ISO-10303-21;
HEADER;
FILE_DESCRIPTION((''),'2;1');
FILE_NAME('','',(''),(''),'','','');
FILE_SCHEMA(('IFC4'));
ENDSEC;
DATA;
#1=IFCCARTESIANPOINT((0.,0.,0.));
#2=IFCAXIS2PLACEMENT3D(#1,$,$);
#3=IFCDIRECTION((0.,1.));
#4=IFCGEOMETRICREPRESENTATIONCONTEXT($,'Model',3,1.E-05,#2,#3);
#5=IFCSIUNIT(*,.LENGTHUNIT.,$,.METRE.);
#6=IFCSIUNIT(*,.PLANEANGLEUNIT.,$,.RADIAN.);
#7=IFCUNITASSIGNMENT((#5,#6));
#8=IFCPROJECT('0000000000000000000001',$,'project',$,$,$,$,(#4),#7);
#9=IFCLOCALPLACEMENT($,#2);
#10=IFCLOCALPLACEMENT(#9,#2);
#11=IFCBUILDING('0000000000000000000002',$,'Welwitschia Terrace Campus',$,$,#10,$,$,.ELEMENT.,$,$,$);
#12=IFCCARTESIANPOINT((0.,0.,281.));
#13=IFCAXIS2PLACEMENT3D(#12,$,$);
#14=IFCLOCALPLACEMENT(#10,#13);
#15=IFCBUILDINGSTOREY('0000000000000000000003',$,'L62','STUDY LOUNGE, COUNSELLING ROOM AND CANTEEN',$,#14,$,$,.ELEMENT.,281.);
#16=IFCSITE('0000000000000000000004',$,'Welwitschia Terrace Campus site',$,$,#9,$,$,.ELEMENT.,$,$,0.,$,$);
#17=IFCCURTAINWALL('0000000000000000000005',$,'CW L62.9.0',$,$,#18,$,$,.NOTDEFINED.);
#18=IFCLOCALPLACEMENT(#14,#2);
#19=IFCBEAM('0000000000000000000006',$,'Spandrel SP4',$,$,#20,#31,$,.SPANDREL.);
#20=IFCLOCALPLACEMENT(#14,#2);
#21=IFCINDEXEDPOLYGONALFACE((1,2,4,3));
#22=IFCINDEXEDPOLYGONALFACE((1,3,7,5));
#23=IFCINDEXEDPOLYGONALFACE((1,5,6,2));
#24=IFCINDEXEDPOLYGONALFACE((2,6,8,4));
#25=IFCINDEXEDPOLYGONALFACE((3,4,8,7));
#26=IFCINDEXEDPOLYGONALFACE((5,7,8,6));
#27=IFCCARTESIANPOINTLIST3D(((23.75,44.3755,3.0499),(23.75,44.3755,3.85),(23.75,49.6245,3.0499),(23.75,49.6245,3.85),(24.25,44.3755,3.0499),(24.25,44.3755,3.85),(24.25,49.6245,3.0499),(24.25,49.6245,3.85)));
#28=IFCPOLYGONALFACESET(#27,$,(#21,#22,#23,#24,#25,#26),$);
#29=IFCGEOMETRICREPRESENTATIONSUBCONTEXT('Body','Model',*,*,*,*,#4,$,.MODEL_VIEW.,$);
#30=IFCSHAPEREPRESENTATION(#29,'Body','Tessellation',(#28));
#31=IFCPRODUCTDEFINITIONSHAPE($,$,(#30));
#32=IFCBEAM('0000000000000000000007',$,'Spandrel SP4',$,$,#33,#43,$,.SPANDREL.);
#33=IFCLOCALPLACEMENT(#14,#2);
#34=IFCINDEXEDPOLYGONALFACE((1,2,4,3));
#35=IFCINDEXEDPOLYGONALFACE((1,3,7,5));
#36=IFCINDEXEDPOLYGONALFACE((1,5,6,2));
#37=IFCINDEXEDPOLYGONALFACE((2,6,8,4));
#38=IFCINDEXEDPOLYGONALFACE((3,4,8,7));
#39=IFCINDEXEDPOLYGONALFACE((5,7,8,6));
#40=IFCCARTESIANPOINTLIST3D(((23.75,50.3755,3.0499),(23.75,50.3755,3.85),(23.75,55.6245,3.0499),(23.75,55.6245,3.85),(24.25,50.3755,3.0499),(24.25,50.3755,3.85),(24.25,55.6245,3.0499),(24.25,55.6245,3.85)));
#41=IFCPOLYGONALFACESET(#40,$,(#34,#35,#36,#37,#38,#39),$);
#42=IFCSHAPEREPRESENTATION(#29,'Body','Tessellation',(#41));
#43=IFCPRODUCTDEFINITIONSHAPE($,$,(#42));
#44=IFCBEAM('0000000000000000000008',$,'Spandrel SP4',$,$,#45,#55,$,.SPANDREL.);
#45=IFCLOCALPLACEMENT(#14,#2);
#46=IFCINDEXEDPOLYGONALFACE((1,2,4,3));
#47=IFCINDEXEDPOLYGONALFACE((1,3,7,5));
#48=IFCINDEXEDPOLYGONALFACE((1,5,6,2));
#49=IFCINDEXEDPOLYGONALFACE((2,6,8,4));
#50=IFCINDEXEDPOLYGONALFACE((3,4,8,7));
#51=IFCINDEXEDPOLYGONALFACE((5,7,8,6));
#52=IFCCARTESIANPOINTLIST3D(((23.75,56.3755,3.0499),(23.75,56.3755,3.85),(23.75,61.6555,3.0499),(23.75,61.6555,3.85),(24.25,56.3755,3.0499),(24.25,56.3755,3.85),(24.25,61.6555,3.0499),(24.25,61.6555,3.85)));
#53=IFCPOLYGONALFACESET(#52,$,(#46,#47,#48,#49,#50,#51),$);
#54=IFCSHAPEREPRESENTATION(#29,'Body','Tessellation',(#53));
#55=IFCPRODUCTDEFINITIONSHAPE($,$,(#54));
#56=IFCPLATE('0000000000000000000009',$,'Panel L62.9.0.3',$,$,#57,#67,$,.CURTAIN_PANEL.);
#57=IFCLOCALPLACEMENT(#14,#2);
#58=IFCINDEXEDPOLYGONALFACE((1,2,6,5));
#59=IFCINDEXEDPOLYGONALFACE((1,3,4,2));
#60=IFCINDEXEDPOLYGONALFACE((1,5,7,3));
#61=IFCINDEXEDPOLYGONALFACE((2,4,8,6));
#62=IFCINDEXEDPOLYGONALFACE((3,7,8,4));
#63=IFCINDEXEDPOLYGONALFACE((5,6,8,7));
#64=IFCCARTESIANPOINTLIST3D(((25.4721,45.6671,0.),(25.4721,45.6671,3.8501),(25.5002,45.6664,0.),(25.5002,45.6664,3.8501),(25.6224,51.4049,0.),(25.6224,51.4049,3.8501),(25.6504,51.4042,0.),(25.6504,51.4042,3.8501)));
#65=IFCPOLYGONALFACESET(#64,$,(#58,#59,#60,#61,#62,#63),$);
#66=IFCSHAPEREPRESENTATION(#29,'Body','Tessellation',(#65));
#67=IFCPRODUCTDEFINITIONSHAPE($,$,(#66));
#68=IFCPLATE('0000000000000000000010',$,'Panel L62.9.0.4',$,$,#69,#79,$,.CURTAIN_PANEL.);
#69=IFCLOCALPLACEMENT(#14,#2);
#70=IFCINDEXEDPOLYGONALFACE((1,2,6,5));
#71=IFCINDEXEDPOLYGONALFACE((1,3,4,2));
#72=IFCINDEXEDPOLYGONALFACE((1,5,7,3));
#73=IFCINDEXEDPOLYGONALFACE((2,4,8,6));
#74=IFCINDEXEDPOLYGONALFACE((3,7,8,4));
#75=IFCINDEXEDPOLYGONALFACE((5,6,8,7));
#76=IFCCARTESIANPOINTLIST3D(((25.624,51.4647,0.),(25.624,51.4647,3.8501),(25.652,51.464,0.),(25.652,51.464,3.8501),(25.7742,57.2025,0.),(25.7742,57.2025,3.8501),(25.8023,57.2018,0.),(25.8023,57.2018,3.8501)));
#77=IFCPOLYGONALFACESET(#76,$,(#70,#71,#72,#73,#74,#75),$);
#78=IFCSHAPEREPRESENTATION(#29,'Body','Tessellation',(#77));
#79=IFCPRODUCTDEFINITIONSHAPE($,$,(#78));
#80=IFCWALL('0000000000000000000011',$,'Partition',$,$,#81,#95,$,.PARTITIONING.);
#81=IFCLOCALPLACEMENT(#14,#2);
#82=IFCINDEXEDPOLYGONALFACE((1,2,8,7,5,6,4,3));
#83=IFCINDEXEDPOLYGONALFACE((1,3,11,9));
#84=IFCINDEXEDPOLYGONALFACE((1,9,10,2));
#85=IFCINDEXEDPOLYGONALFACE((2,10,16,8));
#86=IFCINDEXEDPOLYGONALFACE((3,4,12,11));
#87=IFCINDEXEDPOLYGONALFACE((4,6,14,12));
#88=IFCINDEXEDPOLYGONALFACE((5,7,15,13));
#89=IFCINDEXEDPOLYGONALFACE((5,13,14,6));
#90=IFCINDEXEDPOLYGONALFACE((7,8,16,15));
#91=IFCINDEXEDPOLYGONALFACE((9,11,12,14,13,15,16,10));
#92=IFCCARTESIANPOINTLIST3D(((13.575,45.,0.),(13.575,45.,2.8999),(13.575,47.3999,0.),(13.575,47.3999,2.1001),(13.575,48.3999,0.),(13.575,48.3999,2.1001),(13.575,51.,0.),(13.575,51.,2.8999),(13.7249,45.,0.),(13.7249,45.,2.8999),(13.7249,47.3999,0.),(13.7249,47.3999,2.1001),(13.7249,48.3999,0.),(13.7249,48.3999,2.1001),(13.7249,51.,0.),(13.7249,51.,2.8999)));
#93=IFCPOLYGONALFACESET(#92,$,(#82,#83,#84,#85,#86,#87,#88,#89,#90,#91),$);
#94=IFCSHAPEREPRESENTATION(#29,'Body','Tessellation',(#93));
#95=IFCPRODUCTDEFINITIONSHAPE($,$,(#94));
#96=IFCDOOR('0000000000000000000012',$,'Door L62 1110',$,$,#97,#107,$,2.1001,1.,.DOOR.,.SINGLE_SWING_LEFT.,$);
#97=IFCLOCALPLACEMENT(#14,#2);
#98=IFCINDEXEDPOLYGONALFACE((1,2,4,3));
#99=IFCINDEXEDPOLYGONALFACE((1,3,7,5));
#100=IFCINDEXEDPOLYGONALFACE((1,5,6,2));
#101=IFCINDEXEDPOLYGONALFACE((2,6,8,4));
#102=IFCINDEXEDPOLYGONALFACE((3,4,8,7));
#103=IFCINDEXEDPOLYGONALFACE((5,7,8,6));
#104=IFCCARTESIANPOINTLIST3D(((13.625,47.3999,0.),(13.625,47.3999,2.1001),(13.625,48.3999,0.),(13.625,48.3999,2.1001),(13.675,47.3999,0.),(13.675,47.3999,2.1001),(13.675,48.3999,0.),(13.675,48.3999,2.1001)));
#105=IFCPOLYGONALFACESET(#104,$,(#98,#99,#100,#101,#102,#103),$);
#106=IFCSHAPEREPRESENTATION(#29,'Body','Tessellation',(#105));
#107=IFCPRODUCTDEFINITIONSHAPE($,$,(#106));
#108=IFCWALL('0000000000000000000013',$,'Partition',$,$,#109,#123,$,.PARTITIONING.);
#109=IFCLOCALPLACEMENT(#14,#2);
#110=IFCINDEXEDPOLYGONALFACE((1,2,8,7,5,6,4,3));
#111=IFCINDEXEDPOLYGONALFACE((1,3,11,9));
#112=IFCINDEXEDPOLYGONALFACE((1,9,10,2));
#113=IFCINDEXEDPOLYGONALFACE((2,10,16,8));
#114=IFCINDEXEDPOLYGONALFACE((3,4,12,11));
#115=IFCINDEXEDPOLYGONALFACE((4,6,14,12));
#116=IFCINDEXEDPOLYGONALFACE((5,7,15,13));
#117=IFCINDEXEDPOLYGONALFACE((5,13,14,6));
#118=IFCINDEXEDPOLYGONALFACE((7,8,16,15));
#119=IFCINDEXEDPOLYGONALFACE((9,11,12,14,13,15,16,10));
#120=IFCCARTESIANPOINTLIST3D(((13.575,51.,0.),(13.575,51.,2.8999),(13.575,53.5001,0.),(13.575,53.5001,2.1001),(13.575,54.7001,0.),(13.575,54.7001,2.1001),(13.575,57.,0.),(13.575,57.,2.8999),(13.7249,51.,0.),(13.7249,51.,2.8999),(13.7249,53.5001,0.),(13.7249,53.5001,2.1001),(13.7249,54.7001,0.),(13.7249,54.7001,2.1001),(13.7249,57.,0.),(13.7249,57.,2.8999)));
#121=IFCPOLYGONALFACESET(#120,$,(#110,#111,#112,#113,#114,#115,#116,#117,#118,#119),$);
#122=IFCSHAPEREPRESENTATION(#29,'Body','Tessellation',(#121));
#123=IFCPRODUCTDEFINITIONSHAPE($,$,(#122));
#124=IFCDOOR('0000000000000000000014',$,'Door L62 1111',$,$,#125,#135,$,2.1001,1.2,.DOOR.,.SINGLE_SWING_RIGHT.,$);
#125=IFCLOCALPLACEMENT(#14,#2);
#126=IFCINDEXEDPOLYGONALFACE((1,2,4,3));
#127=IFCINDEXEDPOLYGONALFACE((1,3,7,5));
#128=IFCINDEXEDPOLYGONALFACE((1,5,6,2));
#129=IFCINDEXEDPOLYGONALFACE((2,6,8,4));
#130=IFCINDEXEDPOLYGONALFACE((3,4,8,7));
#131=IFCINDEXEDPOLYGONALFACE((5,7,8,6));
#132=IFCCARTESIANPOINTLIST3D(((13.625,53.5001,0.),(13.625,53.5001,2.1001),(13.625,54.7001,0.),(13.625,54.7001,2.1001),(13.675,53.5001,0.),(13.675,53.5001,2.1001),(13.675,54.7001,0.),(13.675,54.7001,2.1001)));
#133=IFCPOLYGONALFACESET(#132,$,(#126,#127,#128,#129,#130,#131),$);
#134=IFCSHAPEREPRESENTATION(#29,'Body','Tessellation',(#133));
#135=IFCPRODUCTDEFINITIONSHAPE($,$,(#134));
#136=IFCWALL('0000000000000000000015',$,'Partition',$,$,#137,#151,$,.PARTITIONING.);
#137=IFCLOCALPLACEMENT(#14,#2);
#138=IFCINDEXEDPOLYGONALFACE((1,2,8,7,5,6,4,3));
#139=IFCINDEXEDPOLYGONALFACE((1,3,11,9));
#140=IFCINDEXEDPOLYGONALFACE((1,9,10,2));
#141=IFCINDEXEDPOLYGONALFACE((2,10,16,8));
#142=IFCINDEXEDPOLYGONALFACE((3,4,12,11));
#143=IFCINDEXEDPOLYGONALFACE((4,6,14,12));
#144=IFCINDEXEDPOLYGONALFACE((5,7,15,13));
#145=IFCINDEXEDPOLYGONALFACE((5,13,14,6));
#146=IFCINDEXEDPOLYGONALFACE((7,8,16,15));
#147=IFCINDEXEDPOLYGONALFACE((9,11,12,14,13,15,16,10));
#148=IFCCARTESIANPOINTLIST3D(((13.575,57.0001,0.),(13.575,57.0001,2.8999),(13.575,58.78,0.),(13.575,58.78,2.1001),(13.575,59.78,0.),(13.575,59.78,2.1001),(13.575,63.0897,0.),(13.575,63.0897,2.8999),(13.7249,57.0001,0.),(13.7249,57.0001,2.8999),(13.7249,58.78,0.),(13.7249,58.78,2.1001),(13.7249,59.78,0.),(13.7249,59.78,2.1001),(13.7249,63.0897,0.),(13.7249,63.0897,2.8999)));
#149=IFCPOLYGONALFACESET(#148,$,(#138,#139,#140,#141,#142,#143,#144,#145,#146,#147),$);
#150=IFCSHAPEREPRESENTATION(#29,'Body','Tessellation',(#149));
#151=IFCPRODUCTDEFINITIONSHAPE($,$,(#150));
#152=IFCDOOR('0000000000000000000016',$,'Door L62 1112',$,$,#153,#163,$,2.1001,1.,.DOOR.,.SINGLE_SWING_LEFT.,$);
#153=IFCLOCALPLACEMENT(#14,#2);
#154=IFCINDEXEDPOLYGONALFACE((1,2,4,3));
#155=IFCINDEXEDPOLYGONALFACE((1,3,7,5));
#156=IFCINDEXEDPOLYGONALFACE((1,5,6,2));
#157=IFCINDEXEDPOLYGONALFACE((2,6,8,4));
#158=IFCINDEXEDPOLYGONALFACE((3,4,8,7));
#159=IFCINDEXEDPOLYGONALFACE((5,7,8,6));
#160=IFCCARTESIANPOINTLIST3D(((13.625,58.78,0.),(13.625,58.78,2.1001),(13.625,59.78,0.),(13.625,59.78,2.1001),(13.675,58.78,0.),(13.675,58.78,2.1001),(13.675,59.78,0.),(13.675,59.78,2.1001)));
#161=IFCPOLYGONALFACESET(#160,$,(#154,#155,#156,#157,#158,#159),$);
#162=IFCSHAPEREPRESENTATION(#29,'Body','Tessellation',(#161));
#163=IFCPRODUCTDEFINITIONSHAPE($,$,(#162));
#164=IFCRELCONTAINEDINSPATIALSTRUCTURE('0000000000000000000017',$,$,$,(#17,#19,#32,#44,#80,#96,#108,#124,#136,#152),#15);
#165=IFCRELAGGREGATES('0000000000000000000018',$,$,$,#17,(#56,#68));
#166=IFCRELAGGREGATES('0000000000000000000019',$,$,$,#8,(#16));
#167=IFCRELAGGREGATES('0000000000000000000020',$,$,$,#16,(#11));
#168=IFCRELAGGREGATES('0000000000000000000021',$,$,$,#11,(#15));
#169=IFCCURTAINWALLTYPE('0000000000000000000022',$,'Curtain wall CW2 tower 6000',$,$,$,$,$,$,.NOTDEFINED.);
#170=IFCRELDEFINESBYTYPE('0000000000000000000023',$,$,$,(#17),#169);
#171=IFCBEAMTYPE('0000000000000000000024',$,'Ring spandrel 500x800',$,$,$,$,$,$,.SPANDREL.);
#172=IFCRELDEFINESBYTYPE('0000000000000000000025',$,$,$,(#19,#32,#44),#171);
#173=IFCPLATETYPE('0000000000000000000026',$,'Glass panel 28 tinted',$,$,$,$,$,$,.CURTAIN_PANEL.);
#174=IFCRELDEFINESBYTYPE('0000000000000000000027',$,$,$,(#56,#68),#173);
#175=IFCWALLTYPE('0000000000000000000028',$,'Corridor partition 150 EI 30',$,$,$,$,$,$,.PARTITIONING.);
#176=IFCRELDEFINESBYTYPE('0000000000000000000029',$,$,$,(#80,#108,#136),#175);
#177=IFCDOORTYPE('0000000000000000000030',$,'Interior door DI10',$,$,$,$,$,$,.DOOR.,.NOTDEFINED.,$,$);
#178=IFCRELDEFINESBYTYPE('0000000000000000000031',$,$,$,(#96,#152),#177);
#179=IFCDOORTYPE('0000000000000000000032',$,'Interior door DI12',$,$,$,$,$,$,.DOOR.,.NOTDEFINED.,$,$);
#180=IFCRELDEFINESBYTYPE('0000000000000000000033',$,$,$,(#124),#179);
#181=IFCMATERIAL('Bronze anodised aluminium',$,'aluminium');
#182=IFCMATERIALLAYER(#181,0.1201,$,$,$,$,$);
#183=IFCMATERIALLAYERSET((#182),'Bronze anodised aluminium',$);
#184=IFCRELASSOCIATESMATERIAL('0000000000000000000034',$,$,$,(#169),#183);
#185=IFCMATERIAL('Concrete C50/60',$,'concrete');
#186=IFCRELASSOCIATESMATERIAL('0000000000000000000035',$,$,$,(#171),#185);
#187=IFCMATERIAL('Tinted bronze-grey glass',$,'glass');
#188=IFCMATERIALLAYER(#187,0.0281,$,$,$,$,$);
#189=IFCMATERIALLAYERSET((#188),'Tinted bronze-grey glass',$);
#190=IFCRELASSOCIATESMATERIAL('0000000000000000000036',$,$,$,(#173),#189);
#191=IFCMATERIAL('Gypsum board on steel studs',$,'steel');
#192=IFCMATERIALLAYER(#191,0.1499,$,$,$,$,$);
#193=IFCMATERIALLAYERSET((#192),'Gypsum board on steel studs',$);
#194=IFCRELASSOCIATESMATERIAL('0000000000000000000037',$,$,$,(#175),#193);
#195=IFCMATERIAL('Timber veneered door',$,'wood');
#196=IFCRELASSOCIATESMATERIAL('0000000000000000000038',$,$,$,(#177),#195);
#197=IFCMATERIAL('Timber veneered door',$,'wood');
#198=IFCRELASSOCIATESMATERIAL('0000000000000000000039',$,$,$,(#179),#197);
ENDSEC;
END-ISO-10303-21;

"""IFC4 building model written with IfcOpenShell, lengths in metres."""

from ifc_helpers import new_model, si_unit, direction, frame, frame_2d, origin, origin_2d, place, context, subcontext, project, spatial, rectangle, extrude, material, layer, layer_set, material_profile, profile_set, type_object, element, fill, aggregate, save


model = new_model("IFC4")

# Units and contexts
model_context = context("Model", 3, precision=1e-05, world=origin(), true_north=direction((0.0, 1.0)))
body_context = subcontext(model_context, "Body", "Model", "MODEL_VIEW")
ifc_project = project(units=[si_unit("LENGTHUNIT", "METRE"), si_unit("PLANEANGLEUNIT", "RADIAN")], contexts=[model_context])

# Site, building, storey
site_placement = place(None, origin())
site = spatial("IfcSite", under=ifc_project, at=site_placement, Name="Welwitschia Terrace Campus site", CompositionType="ELEMENT", RefElevation=0.0)
building_placement = place(site_placement, origin())
building = spatial("IfcBuilding", under=site, at=building_placement, Name="Welwitschia Terrace Campus", CompositionType="ELEMENT")
storey_placement = place(building_placement, frame((0.0, 0.0, 281.0)))
storey = spatial("IfcBuildingStorey", under=building, at=storey_placement, Name="L62", Description="STUDY LOUNGE, COUNSELLING ROOM AND CANTEEN", CompositionType="ELEMENT", Elevation=281.0)

# Curtain wall
ifc_material_1 = material(Name="Bronze anodised aluminium", Category="aluminium")
ifc_layer_1 = layer(ifc_material_1, 0.1201)
ifc_layer_set_1 = layer_set([ifc_layer_1], Name="Bronze anodised aluminium")
curtain_wall_type = type_object("IfcCurtainWallType", Name="Curtain wall CW2 tower 6000", PredefinedType="NOTDEFINED", material=ifc_layer_set_1)
curtain_wall_placement = place(storey_placement, origin())
curtain_wall = element("IfcCurtainWall", 1, at=curtain_wall_placement, inside=storey, type_object=curtain_wall_type, Name="CW L62.9.0", PredefinedType="NOTDEFINED")

# Beams
ifc_material_2 = material(Name="Concrete C50/60", Category="concrete")
ifc_material_profile_1 = material_profile(ifc_material_2, rectangle(XDim=0.5, YDim=0.8, at=origin_2d()))
ifc_profile_set_1 = profile_set([ifc_material_profile_1], Name="Concrete C50/60")
beam_type_1 = type_object("IfcBeamType", Name="Ring spandrel 500x800", PredefinedType="SPANDREL", material=ifc_profile_set_1)
for number, where, z_axis, x_axis, name in (
    (2, (24.0, 44.3755, 3.45), (0.0, 1.0, 0.0), (-1.0, 0.0, 0.0), "Spandrel SP4"),
    (3, (24.0, 50.3755, 3.45), (0.0, 1.0, 0.0), (-1.0, 0.0, 0.0), "Spandrel SP4"),
):
    element("IfcBeam", number, at=place(storey_placement, frame(where, z_axis=z_axis, x_axis=x_axis)), inside=storey, type_object=beam_type_1, Name=name, PredefinedType="SPANDREL", context=body_context, shape_type="SweptSolid", body=[
        extrude(rectangle(XDim=0.5, YDim=0.8, at=origin_2d()), origin(), (0.0, 0.0, 1.0), 5.249),
    ])
beam_1_placement = place(storey_placement, frame((24.0, 56.3755, 3.45), z_axis=(0.0, 1.0, 0.0), x_axis=(-1.0, 0.0, 0.0)))
element("IfcBeam", 4, at=beam_1_placement, inside=storey, type_object=beam_type_1, Name="Spandrel SP4", PredefinedType="SPANDREL", context=body_context, shape_type="SweptSolid", body=[
    extrude(rectangle(XDim=0.5, YDim=0.8, at=origin_2d()), origin(), (0.0, 0.0, 1.0), 5.28),
])

# Plates
ifc_material_3 = material(Name="Tinted bronze-grey glass", Category="glass")
ifc_layer_2 = layer(ifc_material_3, 0.0281)
ifc_layer_set_2 = layer_set([ifc_layer_2], Name="Tinted bronze-grey glass")
plate_type = type_object("IfcPlateType", Name="Glass panel 28 tinted", PredefinedType="CURTAIN_PANEL", material=ifc_layer_set_2)
plate_1_placement = place(storey_placement, frame((25.5613, 48.5356, 0.0), z_axis=(0.0, 0.0, 1.0), x_axis=(0.026177, 0.999657, 0.0)))
plate_1 = element("IfcPlate", 5, at=plate_1_placement, type_object=plate_type, Name="Panel L62.9.0.3", PredefinedType="CURTAIN_PANEL", context=body_context, shape_type="SweptSolid", body=[
    extrude(rectangle(XDim=5.7397, YDim=0.0281, at=origin_2d()), origin(), (0.0, 0.0, 1.0), 3.8501),
])
plate_2_placement = place(storey_placement, frame((25.7131, 54.3333, 0.0), z_axis=(0.0, 0.0, 1.0), x_axis=(0.026177, 0.999657, 0.0)))
plate_2 = element("IfcPlate", 6, at=plate_2_placement, type_object=plate_type, Name="Panel L62.9.0.4", PredefinedType="CURTAIN_PANEL", context=body_context, shape_type="SweptSolid", body=[
    extrude(rectangle(XDim=5.7397, YDim=0.0281, at=origin_2d()), origin(), (0.0, 0.0, 1.0), 3.8501),
])
aggregate(curtain_wall, [plate_1, plate_2])

# Walls, openings, doors
ifc_material_4 = material(Name="Gypsum board on steel studs", Category="steel")
ifc_layer_3 = layer(ifc_material_4, 0.1499)
ifc_layer_set_3 = layer_set([ifc_layer_3], Name="Gypsum board on steel studs")
wall_type = type_object("IfcWallType", Name="Corridor partition 150 EI 30", PredefinedType="PARTITIONING", material=ifc_layer_set_3)
wall_1_placement = place(storey_placement, frame((13.6499, 45.0, 0.0), z_axis=(0.0, 0.0, 1.0), x_axis=(0.0, 1.0, 0.0)))
wall_1 = element("IfcWall", 7, at=wall_1_placement, inside=storey, type_object=wall_type, Name="Partition", PredefinedType="PARTITIONING", context=body_context, shape_type="SweptSolid", body=[
    extrude(rectangle(XDim=6.0, YDim=0.1499, at=frame_2d((3.0, 0.0))), origin(), (0.0, 0.0, 1.0), 2.8999),
])
opening_1_placement = place(wall_1_placement, frame((2.3999, 0.0, 0.0)))
opening_1 = element("IfcOpeningElement", 8, at=opening_1_placement, cuts=wall_1, PredefinedType="OPENING", context=body_context, shape_type="SweptSolid", body=[
    extrude(rectangle(XDim=1.0, YDim=2.1001, at=frame_2d((0.5, 1.05))), frame((0.0, 0.085, 0.0), z_axis=(0.0, -1.0, 0.0), x_axis=(1.0, 0.0, 0.0)), (0.0, 0.0, 1.0), 0.1699),
])
ifc_material_5 = material(Name="Timber veneered door", Category="wood")
door_type_1 = type_object("IfcDoorType", Name="Interior door DI10", OperationType="NOTDEFINED", PredefinedType="DOOR", material=ifc_material_5)
door_1_placement = place(opening_1_placement, origin())
door_1 = element("IfcDoor", 9, at=door_1_placement, inside=storey, type_object=door_type_1, Name="Door L62 1110", OperationType="SINGLE_SWING_LEFT", OverallHeight=2.1001, OverallWidth=1.0, PredefinedType="DOOR", context=body_context, shape_type="SweptSolid", body=[
    extrude(rectangle(XDim=1.0, YDim=2.1001, at=frame_2d((0.5, 1.05))), frame((0.0, 0.0249, 0.0), z_axis=(0.0, -1.0, 0.0), x_axis=(1.0, 0.0, 0.0)), (0.0, 0.0, 1.0), 0.05),
])
fill(opening_1, door_1)
wall_2_placement = place(storey_placement, frame((13.6499, 51.0, 0.0), z_axis=(0.0, 0.0, 1.0), x_axis=(0.0, 1.0, 0.0)))
wall_2 = element("IfcWall", 10, at=wall_2_placement, inside=storey, type_object=wall_type, Name="Partition", PredefinedType="PARTITIONING", context=body_context, shape_type="SweptSolid", body=[
    extrude(rectangle(XDim=6.0, YDim=0.1499, at=frame_2d((3.0, 0.0))), origin(), (0.0, 0.0, 1.0), 2.8999),
])
opening_2_placement = place(wall_2_placement, frame((2.5, 0.0, 0.0)))
opening_2 = element("IfcOpeningElement", 11, at=opening_2_placement, cuts=wall_2, PredefinedType="OPENING", context=body_context, shape_type="SweptSolid", body=[
    extrude(rectangle(XDim=1.2, YDim=2.1001, at=frame_2d((0.6001, 1.05))), frame((0.0, 0.085, 0.0), z_axis=(0.0, -1.0, 0.0), x_axis=(1.0, 0.0, 0.0)), (0.0, 0.0, 1.0), 0.1699),
])
ifc_material_6 = material(Name="Timber veneered door", Category="wood")
door_type_2 = type_object("IfcDoorType", Name="Interior door DI12", OperationType="NOTDEFINED", PredefinedType="DOOR", material=ifc_material_6)
door_2_placement = place(opening_2_placement, origin())
door_2 = element("IfcDoor", 12, at=door_2_placement, inside=storey, type_object=door_type_2, Name="Door L62 1111", OperationType="SINGLE_SWING_RIGHT", OverallHeight=2.1001, OverallWidth=1.2, PredefinedType="DOOR", context=body_context, shape_type="SweptSolid", body=[
    extrude(rectangle(XDim=1.2, YDim=2.1001, at=frame_2d((0.6001, 1.05))), frame((0.0, 0.0249, 0.0), z_axis=(0.0, -1.0, 0.0), x_axis=(1.0, 0.0, 0.0)), (0.0, 0.0, 1.0), 0.05),
])
fill(opening_2, door_2)
wall_3_placement = place(storey_placement, frame((13.6499, 57.0, 0.0), z_axis=(0.0, 0.0, 1.0), x_axis=(0.0, 1.0, 0.0)))
wall_3 = element("IfcWall", 13, at=wall_3_placement, inside=storey, type_object=wall_type, Name="Partition", PredefinedType="PARTITIONING", context=body_context, shape_type="SweptSolid", body=[
    extrude(rectangle(XDim=6.0896, YDim=0.1499, at=frame_2d((3.0449, 0.0))), origin(), (0.0, 0.0, 1.0), 2.8999),
])
opening_3_placement = place(wall_3_placement, frame((1.78, 0.0, 0.0)))
opening_3 = element("IfcOpeningElement", 14, at=opening_3_placement, cuts=wall_3, PredefinedType="OPENING", context=body_context, shape_type="SweptSolid", body=[
    extrude(rectangle(XDim=1.0, YDim=2.1001, at=frame_2d((0.5, 1.05))), frame((0.0, 0.085, 0.0), z_axis=(0.0, -1.0, 0.0), x_axis=(1.0, 0.0, 0.0)), (0.0, 0.0, 1.0), 0.1699),
])
door_3_placement = place(opening_3_placement, origin())
door_3 = element("IfcDoor", 15, at=door_3_placement, inside=storey, type_object=door_type_1, Name="Door L62 1112", OperationType="SINGLE_SWING_LEFT", OverallHeight=2.1001, OverallWidth=1.0, PredefinedType="DOOR", context=body_context, shape_type="SweptSolid", body=[
    extrude(rectangle(XDim=1.0, YDim=2.1001, at=frame_2d((0.5, 1.05))), frame((0.0, 0.0249, 0.0), z_axis=(0.0, -1.0, 0.0), x_axis=(1.0, 0.0, 0.0)), (0.0, 0.0, 1.0), 0.05),
])
fill(opening_3, door_3)

save(model, "model.ifc")
